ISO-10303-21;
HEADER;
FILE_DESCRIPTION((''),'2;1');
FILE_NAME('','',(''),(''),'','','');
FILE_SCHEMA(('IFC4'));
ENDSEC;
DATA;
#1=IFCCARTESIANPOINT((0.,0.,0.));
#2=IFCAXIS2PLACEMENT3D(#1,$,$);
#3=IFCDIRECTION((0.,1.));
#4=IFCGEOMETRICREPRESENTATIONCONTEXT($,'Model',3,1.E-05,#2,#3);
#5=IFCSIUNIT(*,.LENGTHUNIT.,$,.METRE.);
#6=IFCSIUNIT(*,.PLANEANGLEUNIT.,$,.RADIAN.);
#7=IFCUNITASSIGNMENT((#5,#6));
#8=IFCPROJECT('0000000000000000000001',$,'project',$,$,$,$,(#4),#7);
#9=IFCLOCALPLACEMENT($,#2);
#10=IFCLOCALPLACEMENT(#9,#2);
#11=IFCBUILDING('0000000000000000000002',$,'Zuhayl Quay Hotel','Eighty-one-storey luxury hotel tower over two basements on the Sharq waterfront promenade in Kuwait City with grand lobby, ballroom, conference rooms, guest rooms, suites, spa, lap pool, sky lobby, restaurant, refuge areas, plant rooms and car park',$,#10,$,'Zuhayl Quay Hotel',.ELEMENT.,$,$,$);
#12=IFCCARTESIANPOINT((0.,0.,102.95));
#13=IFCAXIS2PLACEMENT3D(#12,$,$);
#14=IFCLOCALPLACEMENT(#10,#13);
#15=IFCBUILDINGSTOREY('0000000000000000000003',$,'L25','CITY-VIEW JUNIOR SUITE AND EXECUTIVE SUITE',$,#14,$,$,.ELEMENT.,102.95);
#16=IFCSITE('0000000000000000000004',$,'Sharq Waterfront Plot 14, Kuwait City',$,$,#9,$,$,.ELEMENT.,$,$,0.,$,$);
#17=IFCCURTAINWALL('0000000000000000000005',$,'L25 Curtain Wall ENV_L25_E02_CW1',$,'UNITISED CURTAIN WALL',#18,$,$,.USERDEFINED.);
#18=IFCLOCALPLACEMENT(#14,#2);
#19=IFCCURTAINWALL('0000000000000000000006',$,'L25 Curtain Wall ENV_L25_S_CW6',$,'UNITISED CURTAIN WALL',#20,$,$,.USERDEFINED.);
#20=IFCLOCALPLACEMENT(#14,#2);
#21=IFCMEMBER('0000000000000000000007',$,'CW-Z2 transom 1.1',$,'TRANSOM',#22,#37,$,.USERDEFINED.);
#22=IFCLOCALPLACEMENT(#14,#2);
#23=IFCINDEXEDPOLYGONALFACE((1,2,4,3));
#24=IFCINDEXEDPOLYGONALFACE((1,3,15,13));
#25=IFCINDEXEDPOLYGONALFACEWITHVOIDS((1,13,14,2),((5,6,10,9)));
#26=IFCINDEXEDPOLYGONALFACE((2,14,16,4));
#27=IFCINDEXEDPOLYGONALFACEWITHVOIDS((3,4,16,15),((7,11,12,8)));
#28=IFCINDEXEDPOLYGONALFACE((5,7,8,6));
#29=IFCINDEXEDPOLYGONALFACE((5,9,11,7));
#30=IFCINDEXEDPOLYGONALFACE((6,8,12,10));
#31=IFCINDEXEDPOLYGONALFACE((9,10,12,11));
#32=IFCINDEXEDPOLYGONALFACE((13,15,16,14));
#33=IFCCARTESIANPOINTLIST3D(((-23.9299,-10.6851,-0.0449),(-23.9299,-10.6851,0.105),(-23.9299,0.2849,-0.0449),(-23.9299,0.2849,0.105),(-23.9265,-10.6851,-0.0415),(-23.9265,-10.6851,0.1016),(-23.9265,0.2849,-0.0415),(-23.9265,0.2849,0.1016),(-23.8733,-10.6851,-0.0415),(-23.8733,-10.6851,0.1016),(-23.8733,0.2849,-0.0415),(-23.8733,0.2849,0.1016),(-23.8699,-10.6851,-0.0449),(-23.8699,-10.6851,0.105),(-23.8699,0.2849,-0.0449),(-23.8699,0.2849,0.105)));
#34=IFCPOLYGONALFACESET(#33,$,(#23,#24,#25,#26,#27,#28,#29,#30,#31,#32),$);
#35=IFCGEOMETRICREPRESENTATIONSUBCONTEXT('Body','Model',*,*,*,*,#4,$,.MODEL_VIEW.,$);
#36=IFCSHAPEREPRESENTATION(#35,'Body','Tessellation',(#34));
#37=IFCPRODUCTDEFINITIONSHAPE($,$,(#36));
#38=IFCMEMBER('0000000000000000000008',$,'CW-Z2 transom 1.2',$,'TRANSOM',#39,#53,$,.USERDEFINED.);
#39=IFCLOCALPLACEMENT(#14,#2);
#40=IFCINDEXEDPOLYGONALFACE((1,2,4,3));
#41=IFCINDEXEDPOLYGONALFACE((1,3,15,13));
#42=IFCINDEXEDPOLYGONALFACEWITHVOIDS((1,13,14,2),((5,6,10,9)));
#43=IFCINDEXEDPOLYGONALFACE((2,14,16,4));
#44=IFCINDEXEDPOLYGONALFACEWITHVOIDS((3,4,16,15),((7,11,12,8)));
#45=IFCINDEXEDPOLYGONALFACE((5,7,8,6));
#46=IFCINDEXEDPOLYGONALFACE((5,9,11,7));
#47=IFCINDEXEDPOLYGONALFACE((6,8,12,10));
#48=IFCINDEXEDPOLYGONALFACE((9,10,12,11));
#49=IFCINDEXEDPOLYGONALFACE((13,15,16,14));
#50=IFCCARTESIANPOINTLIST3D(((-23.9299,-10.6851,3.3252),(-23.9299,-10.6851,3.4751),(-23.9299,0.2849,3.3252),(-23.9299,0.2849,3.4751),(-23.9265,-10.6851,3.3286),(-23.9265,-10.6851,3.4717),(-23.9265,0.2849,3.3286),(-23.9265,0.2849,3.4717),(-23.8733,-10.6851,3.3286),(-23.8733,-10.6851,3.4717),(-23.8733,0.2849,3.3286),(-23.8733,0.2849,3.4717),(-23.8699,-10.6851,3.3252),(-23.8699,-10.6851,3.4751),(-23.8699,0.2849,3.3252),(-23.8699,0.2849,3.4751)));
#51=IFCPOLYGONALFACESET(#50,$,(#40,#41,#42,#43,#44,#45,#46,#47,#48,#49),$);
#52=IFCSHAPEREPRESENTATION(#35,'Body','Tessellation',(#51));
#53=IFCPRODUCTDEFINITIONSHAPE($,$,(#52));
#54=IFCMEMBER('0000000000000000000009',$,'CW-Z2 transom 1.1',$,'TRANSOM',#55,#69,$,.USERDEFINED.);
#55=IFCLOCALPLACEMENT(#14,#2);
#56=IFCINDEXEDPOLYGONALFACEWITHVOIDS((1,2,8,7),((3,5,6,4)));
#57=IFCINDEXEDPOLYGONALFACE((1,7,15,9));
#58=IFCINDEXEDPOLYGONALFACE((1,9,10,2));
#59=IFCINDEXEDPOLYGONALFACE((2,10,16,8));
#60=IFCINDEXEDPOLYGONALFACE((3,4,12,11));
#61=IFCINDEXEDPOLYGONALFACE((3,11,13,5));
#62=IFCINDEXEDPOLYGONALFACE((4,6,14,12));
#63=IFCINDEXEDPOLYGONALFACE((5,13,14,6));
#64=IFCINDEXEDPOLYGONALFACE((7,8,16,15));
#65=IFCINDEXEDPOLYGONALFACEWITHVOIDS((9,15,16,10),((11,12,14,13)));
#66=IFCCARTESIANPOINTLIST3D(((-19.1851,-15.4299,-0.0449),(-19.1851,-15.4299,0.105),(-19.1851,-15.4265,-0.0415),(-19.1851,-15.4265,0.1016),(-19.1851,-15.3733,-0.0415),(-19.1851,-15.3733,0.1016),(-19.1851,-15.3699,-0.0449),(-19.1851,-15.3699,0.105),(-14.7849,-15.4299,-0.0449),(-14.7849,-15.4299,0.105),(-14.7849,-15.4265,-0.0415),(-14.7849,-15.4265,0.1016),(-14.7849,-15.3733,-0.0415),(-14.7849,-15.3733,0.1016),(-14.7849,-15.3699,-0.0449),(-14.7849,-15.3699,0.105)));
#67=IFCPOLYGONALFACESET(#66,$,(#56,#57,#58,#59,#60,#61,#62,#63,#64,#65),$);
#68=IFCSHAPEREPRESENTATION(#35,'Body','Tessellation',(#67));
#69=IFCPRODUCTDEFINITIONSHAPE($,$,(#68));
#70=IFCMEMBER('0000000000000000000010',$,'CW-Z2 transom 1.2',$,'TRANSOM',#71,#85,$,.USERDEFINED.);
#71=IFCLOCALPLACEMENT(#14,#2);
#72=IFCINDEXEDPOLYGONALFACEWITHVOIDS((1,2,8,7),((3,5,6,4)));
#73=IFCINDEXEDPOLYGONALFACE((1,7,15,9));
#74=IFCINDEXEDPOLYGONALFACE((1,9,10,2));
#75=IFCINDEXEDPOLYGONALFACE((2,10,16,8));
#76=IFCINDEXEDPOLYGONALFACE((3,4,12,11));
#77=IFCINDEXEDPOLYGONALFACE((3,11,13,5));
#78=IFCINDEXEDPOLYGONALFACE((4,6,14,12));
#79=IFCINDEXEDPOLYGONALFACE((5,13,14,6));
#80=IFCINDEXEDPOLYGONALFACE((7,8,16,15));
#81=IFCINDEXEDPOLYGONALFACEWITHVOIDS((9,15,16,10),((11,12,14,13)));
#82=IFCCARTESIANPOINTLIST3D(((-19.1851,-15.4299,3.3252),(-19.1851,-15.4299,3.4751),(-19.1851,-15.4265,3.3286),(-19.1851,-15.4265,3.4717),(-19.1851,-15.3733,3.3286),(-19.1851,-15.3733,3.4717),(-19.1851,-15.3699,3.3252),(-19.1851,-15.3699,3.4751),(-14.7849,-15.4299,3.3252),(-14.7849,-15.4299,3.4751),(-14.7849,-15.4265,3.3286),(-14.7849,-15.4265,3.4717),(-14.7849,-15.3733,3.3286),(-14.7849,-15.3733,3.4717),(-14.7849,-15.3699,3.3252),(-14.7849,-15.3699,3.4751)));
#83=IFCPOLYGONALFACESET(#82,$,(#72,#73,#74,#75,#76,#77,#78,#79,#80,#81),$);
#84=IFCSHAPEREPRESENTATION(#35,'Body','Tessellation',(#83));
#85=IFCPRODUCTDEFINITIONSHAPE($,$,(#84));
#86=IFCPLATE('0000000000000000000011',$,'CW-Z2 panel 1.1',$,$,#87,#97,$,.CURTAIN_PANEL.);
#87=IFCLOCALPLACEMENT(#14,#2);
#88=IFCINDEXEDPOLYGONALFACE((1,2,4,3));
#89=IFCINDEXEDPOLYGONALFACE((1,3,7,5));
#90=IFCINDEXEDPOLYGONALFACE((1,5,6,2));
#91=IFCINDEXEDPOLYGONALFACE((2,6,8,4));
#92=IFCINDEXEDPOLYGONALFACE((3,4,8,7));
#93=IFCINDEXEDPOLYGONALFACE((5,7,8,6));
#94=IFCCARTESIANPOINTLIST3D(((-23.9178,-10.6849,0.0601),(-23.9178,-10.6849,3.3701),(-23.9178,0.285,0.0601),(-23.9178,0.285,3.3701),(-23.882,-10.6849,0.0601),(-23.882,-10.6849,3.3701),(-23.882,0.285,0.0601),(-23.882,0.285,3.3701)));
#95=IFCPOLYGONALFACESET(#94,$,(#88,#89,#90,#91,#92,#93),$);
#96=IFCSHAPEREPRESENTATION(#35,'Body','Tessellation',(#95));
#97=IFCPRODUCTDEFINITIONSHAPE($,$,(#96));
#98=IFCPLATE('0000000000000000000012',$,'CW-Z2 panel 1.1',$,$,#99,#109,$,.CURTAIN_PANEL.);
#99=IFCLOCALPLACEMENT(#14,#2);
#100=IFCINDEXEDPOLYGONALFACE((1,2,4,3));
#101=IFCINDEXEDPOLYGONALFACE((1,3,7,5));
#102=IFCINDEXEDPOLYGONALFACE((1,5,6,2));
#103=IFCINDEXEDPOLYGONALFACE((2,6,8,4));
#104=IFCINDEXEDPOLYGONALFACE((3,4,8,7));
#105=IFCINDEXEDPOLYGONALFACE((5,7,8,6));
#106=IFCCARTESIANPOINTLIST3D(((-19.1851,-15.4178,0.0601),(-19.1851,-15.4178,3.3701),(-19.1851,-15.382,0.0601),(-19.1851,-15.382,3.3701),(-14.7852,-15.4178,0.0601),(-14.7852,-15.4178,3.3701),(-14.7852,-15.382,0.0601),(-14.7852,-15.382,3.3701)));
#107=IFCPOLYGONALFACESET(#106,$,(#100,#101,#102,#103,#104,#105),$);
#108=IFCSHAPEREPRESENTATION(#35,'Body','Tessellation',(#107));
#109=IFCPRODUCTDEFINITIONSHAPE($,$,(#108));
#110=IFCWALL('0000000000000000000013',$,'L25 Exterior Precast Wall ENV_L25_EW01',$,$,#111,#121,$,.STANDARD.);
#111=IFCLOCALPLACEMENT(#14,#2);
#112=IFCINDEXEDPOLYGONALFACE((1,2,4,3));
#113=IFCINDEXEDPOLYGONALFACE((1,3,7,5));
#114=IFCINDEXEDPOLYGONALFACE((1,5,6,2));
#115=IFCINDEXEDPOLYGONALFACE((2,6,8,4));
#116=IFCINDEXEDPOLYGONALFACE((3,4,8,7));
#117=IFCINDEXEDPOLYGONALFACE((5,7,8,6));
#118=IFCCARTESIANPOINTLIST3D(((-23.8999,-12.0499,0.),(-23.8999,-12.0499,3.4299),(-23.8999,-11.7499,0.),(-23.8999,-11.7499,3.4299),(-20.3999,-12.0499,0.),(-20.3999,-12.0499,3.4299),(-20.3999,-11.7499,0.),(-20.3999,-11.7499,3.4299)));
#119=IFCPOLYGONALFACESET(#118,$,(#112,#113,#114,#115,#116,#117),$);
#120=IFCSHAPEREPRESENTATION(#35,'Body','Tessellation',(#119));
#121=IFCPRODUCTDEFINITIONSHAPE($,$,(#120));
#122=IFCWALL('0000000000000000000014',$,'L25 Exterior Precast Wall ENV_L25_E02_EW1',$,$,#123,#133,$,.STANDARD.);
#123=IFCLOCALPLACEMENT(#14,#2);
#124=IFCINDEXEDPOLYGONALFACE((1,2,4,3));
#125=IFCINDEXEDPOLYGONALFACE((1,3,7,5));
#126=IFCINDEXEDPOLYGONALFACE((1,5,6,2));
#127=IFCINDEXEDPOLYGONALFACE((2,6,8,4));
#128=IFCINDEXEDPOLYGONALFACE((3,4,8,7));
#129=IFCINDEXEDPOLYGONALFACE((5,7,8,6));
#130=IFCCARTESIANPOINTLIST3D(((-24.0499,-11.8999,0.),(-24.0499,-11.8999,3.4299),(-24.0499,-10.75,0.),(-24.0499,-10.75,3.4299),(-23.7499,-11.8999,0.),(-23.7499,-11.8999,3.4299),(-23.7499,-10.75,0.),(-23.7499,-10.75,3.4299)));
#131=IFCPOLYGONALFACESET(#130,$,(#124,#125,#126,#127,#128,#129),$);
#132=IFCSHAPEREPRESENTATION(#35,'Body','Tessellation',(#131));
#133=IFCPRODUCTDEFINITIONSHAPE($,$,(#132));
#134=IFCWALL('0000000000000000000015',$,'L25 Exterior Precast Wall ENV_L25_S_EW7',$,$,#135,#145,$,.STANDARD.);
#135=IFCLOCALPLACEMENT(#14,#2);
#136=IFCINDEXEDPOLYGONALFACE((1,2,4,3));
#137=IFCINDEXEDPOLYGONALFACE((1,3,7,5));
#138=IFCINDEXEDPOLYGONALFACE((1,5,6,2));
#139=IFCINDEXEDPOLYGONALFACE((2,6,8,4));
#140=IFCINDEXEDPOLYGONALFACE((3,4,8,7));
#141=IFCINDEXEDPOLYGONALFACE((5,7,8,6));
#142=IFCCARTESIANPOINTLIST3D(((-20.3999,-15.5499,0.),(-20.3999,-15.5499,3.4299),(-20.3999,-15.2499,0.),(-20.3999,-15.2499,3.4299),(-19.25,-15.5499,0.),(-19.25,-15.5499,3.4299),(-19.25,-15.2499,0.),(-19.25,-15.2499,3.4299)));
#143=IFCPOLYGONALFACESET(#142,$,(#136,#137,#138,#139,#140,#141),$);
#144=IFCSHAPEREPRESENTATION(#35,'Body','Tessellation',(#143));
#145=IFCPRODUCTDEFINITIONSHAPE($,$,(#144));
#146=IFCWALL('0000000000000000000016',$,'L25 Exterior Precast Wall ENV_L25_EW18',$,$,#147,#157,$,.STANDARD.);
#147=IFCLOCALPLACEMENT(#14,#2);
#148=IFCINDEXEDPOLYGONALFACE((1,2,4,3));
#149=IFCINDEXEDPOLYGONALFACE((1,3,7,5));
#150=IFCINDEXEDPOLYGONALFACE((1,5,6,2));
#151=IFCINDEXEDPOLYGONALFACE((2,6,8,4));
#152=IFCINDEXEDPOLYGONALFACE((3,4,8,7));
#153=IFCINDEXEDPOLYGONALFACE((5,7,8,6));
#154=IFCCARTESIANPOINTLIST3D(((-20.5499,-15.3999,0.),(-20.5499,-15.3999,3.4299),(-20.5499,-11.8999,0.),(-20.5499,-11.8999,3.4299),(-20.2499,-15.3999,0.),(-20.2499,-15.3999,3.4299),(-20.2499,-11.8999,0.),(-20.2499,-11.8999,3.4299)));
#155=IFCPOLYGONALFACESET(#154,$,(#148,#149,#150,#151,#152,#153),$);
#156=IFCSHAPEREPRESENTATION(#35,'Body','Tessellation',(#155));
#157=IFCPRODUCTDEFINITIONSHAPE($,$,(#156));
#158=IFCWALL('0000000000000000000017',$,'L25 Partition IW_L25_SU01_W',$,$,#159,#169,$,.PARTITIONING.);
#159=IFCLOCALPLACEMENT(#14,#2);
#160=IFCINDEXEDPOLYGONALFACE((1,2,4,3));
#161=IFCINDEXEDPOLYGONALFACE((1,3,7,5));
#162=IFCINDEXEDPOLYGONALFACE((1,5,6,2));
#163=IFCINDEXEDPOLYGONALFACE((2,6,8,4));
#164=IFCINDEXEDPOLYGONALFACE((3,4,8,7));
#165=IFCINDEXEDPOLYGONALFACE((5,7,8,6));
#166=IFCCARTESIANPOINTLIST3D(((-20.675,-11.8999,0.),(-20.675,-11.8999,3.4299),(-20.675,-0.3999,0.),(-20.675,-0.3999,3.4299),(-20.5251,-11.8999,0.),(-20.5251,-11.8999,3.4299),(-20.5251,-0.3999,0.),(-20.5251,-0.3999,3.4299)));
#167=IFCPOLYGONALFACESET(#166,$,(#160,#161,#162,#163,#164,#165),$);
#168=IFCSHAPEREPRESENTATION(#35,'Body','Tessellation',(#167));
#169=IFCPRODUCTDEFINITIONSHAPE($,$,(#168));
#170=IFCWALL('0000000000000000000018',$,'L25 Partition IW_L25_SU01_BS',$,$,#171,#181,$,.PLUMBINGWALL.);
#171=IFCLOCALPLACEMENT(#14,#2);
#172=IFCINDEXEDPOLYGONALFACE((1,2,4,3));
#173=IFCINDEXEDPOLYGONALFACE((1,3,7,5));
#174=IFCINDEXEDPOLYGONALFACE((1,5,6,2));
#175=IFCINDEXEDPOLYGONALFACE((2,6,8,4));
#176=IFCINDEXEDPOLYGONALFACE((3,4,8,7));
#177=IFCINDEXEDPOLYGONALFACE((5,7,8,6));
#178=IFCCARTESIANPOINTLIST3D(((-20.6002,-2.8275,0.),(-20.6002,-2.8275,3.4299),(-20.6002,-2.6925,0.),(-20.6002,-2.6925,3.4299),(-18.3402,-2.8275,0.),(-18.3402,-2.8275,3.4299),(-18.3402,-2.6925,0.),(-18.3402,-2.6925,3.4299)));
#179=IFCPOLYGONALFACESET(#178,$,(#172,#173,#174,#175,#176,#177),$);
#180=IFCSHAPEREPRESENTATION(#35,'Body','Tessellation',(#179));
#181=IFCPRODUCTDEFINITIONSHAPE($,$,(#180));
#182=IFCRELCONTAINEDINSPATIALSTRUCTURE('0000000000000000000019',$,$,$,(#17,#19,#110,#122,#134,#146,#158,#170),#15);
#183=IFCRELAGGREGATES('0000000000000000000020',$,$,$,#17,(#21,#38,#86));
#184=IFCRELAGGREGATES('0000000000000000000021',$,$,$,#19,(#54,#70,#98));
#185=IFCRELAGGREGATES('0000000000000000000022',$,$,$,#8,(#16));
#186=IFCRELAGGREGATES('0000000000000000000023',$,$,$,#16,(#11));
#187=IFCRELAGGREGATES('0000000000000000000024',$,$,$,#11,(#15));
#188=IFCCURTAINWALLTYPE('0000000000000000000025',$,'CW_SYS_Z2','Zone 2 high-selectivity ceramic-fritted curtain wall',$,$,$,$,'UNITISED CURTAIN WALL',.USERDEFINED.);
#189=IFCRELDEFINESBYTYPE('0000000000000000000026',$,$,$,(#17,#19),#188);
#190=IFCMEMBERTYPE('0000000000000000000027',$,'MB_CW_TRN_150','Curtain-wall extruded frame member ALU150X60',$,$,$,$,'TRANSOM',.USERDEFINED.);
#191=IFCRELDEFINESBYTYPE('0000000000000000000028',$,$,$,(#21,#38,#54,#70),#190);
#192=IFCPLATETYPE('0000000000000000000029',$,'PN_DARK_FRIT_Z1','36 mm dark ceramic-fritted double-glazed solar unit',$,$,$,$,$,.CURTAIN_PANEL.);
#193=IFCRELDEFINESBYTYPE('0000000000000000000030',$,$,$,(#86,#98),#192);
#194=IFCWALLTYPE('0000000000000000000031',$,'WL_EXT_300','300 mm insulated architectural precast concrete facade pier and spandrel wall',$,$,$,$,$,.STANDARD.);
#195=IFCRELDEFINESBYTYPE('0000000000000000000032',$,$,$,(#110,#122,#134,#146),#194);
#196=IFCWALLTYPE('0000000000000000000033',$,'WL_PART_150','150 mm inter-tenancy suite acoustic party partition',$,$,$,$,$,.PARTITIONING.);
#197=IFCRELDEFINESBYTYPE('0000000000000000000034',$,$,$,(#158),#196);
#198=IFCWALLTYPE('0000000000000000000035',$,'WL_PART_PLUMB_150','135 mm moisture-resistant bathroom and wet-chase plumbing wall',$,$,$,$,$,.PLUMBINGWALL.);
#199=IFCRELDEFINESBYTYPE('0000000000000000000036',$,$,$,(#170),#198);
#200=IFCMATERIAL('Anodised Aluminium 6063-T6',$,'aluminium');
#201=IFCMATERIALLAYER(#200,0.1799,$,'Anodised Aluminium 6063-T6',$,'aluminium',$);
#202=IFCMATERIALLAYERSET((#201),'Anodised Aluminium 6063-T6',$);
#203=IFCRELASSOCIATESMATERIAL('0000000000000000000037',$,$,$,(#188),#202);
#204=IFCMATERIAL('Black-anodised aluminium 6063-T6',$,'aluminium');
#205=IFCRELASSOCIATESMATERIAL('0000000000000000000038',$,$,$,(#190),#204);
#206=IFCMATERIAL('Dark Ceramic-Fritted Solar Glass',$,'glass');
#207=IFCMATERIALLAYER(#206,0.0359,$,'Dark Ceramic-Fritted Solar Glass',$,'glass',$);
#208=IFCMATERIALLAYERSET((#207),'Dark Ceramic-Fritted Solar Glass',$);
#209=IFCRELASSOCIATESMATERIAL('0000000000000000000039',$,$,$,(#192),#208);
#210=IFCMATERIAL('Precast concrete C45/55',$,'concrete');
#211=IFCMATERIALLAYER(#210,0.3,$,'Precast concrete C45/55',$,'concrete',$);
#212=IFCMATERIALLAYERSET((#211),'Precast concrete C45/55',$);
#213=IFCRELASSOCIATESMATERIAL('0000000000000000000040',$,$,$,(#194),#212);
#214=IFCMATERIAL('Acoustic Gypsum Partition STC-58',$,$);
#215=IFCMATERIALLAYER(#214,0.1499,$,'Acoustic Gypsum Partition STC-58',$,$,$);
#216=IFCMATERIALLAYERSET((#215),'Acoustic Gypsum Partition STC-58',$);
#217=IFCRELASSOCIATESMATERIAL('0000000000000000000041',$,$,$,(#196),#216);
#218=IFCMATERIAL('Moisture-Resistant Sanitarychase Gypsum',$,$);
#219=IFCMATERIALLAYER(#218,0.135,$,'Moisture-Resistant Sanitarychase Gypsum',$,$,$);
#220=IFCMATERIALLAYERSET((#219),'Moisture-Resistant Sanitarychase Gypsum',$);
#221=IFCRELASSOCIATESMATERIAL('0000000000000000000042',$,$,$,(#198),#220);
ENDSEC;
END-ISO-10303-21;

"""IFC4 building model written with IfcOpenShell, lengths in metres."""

from ifc_helpers import new_model, si_unit, direction, frame, frame_2d, origin, origin_2d, place, context, subcontext, project, spatial, rectangle, hollow_rectangle, extrude, material, layer, layer_set, material_profile, profile_set, type_object, element, aggregate, save


model = new_model("IFC4")

# Units and contexts
model_context = context("Model", 3, precision=1e-05, world=origin(), true_north=direction((0.0, 1.0)))
body_context = subcontext(model_context, "Body", "Model", "MODEL_VIEW")
ifc_project = project(units=[si_unit("LENGTHUNIT", "METRE"), si_unit("PLANEANGLEUNIT", "RADIAN")], contexts=[model_context])

# Site, building, storey
site_placement = place(None, origin())
site = spatial("IfcSite", under=ifc_project, at=site_placement, Name="Sharq Waterfront Plot 14, Kuwait City", CompositionType="ELEMENT", RefElevation=0.0)
building_placement = place(site_placement, origin())
building = spatial("IfcBuilding", under=site, at=building_placement, Name="Zuhayl Quay Hotel", Description="Eighty-one-storey luxury hotel tower over two basements on the Sharq waterfront promenade in Kuwait City with grand lobby, ballroom, conference rooms, guest rooms, suites, spa, lap pool, sky lobby, restaurant, refuge areas, plant rooms and car park", LongName="Zuhayl Quay Hotel", CompositionType="ELEMENT")
storey_placement = place(building_placement, frame((0.0, 0.0, 102.95)))
storey = spatial("IfcBuildingStorey", under=building, at=storey_placement, Name="L25", Description="CITY-VIEW JUNIOR SUITE AND EXECUTIVE SUITE", CompositionType="ELEMENT", Elevation=102.95)

# Curtain wall
ifc_material_1 = material(Name="Anodised Aluminium 6063-T6", Category="aluminium")
ifc_layer_1 = layer(ifc_material_1, 0.1799, Name="Anodised Aluminium 6063-T6", Category="aluminium")
ifc_layer_set_1 = layer_set([ifc_layer_1], Name="Anodised Aluminium 6063-T6")
curtain_wall_type = type_object("IfcCurtainWallType", Name="CW_SYS_Z2", Description="Zone 2 high-selectivity ceramic-fritted curtain wall", ElementType="UNITISED CURTAIN WALL", PredefinedType="USERDEFINED", material=ifc_layer_set_1)
curtain_wall_1_placement = place(storey_placement, origin())
curtain_wall_1 = element("IfcCurtainWall", 1, at=curtain_wall_1_placement, inside=storey, type_object=curtain_wall_type, Name="L25 Curtain Wall ENV_L25_E02_CW1", ObjectType="UNITISED CURTAIN WALL", PredefinedType="USERDEFINED")
ifc_material_2 = material(Name="Black-anodised aluminium 6063-T6", Category="aluminium")

# Curtain wall
curtain_wall_2_placement = place(storey_placement, origin())
curtain_wall_2 = element("IfcCurtainWall", 2, at=curtain_wall_2_placement, inside=storey, type_object=curtain_wall_type, Name="L25 Curtain Wall ENV_L25_S_CW6", ObjectType="UNITISED CURTAIN WALL", PredefinedType="USERDEFINED")

# Members
ifc_material_profile_1 = material_profile(ifc_material_2, hollow_rectangle(XDim=0.0601, YDim=0.1499, WallThickness=0.0034, at=origin_2d()), Name="ALU150X60")
ifc_profile_set_1 = profile_set([ifc_material_profile_1], Name="Black-anodised aluminium 6063-T6")
member_type_1 = type_object("IfcMemberType", Name="MB_CW_TRN_150", Description="Curtain-wall extruded frame member ALU150X60", ElementType="TRANSOM", PredefinedType="USERDEFINED", material=ifc_profile_set_1)
member_1_placement = place(storey_placement, frame((-23.8999, -10.6851, 0.03), z_axis=(0.0, 1.0, 0.0), x_axis=(-1.0, 0.0, 0.0)))
member_1 = element("IfcMember", 3, at=member_1_placement, type_object=member_type_1, Name="CW-Z2 transom 1.1", ObjectType="TRANSOM", PredefinedType="USERDEFINED", context=body_context, shape_type="SweptSolid", body=[
    extrude(hollow_rectangle(XDim=0.0601, YDim=0.1499, WallThickness=0.0034, at=origin_2d()), origin(), (0.0, 0.0, 1.0), 10.97),
])
member_2_placement = place(storey_placement, frame((-23.8999, -10.6851, 3.4001), z_axis=(0.0, 1.0, 0.0), x_axis=(-1.0, 0.0, 0.0)))
member_2 = element("IfcMember", 4, at=member_2_placement, type_object=member_type_1, Name="CW-Z2 transom 1.2", ObjectType="TRANSOM", PredefinedType="USERDEFINED", context=body_context, shape_type="SweptSolid", body=[
    extrude(hollow_rectangle(XDim=0.0601, YDim=0.1499, WallThickness=0.0034, at=origin_2d()), origin(), (0.0, 0.0, 1.0), 10.97),
])
member_3_placement = place(storey_placement, frame((-14.7849, -15.3999, 0.03), z_axis=(-1.0, 0.0, 0.0), x_axis=(0.0, -1.0, 0.0)))
member_3 = element("IfcMember", 5, at=member_3_placement, type_object=member_type_1, Name="CW-Z2 transom 1.1", ObjectType="TRANSOM", PredefinedType="USERDEFINED", context=body_context, shape_type="SweptSolid", body=[
    extrude(hollow_rectangle(XDim=0.0601, YDim=0.1499, WallThickness=0.0034, at=origin_2d()), origin(), (0.0, 0.0, 1.0), 4.4001),
])
member_4_placement = place(storey_placement, frame((-14.7849, -15.3999, 3.4001), z_axis=(-1.0, 0.0, 0.0), x_axis=(0.0, -1.0, 0.0)))
member_4 = element("IfcMember", 6, at=member_4_placement, type_object=member_type_1, Name="CW-Z2 transom 1.2", ObjectType="TRANSOM", PredefinedType="USERDEFINED", context=body_context, shape_type="SweptSolid", body=[
    extrude(hollow_rectangle(XDim=0.0601, YDim=0.1499, WallThickness=0.0034, at=origin_2d()), origin(), (0.0, 0.0, 1.0), 4.4001),
])

# Plates
ifc_material_3 = material(Name="Dark Ceramic-Fritted Solar Glass", Category="glass")
ifc_layer_2 = layer(ifc_material_3, 0.0359, Name="Dark Ceramic-Fritted Solar Glass", Category="glass")
ifc_layer_set_2 = layer_set([ifc_layer_2], Name="Dark Ceramic-Fritted Solar Glass")
plate_type = type_object("IfcPlateType", Name="PN_DARK_FRIT_Z1", Description="36 mm dark ceramic-fritted double-glazed solar unit", PredefinedType="CURTAIN_PANEL", material=ifc_layer_set_2)
plate_1_placement = place(storey_placement, frame((-23.8999, -5.2, 0.0601), z_axis=(0.0, 0.0, 1.0), x_axis=(0.0, 1.0, 0.0)))
plate_1 = element("IfcPlate", 7, at=plate_1_placement, type_object=plate_type, Name="CW-Z2 panel 1.1", PredefinedType="CURTAIN_PANEL", context=body_context, shape_type="SweptSolid", body=[
    extrude(rectangle(XDim=10.97, YDim=0.0359, at=origin_2d()), origin(), (0.0, 0.0, 1.0), 3.3101),
])
aggregate(curtain_wall_1, [member_1, member_2, plate_1])
plate_2_placement = place(storey_placement, frame((-16.9851, -15.3999, 0.0601), z_axis=(0.0, 0.0, 1.0), x_axis=(-1.0, 0.0, 0.0)))
plate_2 = element("IfcPlate", 8, at=plate_2_placement, type_object=plate_type, Name="CW-Z2 panel 1.1", PredefinedType="CURTAIN_PANEL", context=body_context, shape_type="SweptSolid", body=[
    extrude(rectangle(XDim=4.3999, YDim=0.0359, at=origin_2d()), origin(), (0.0, 0.0, 1.0), 3.3101),
])
aggregate(curtain_wall_2, [member_3, member_4, plate_2])

# Walls
ifc_material_4 = material(Name="Precast concrete C45/55", Category="concrete")
ifc_layer_3 = layer(ifc_material_4, 0.3, Name="Precast concrete C45/55", Category="concrete")
ifc_layer_set_3 = layer_set([ifc_layer_3], Name="Precast concrete C45/55")
wall_type_1 = type_object("IfcWallType", Name="WL_EXT_300", Description="300 mm insulated architectural precast concrete facade pier and spandrel wall", PredefinedType="STANDARD", material=ifc_layer_set_3)
wall_1_placement = place(storey_placement, frame((-20.3999, -11.8999, 0.0), z_axis=(0.0, 0.0, 1.0), x_axis=(-1.0, 0.0, 0.0)))
element("IfcWall", 9, at=wall_1_placement, inside=storey, type_object=wall_type_1, Name="L25 Exterior Precast Wall ENV_L25_EW01", PredefinedType="STANDARD", context=body_context, shape_type="SweptSolid", body=[
    extrude(rectangle(XDim=3.5, YDim=0.3, at=frame_2d((1.75, 0.0))), origin(), (0.0, 0.0, 1.0), 3.4299),
])
for number, where, z_axis, x_axis, name in (
    (10, (-23.8999, -11.8999, 0.0), (0.0, 0.0, 1.0), (0.0, 1.0, 0.0), "L25 Exterior Precast Wall ENV_L25_E02_EW1"),
    (11, (-19.25, -15.3999, 0.0), (0.0, 0.0, 1.0), (-1.0, 0.0, 0.0), "L25 Exterior Precast Wall ENV_L25_S_EW7"),
):
    element("IfcWall", number, at=place(storey_placement, frame(where, z_axis=z_axis, x_axis=x_axis)), inside=storey, type_object=wall_type_1, Name=name, PredefinedType="STANDARD", context=body_context, shape_type="SweptSolid", body=[
        extrude(rectangle(XDim=1.1499, YDim=0.3, at=frame_2d((0.575, 0.0))), origin(), (0.0, 0.0, 1.0), 3.4299),
    ])
wall_2_placement = place(storey_placement, frame((-20.3999, -15.3999, 0.0), z_axis=(0.0, 0.0, 1.0), x_axis=(0.0, 1.0, 0.0)))
element("IfcWall", 12, at=wall_2_placement, inside=storey, type_object=wall_type_1, Name="L25 Exterior Precast Wall ENV_L25_EW18", PredefinedType="STANDARD", context=body_context, shape_type="SweptSolid", body=[
    extrude(rectangle(XDim=3.5, YDim=0.3, at=frame_2d((1.75, 0.0))), origin(), (0.0, 0.0, 1.0), 3.4299),
])
ifc_material_5 = material(Name="Acoustic Gypsum Partition STC-58")
ifc_layer_4 = layer(ifc_material_5, 0.1499, Name="Acoustic Gypsum Partition STC-58")
ifc_layer_set_4 = layer_set([ifc_layer_4], Name="Acoustic Gypsum Partition STC-58")
wall_type_2 = type_object("IfcWallType", Name="WL_PART_150", Description="150 mm inter-tenancy suite acoustic party partition", PredefinedType="PARTITIONING", material=ifc_layer_set_4)
wall_3_placement = place(storey_placement, frame((-20.6001, -11.8999, 0.0), z_axis=(0.0, 0.0, 1.0), x_axis=(0.0, 1.0, 0.0)))
element("IfcWall", 13, at=wall_3_placement, inside=storey, type_object=wall_type_2, Name="L25 Partition IW_L25_SU01_W", PredefinedType="PARTITIONING", context=body_context, shape_type="SweptSolid", body=[
    extrude(rectangle(XDim=11.5, YDim=0.1499, at=frame_2d((5.75, 0.0))), origin(), (0.0, 0.0, 1.0), 3.4299),
])
ifc_material_6 = material(Name="Moisture-Resistant Sanitarychase Gypsum")
ifc_layer_5 = layer(ifc_material_6, 0.135, Name="Moisture-Resistant Sanitarychase Gypsum")
ifc_layer_set_5 = layer_set([ifc_layer_5], Name="Moisture-Resistant Sanitarychase Gypsum")
wall_type_3 = type_object("IfcWallType", Name="WL_PART_PLUMB_150", Description="135 mm moisture-resistant bathroom and wet-chase plumbing wall", PredefinedType="PLUMBINGWALL", material=ifc_layer_set_5)
wall_4_placement = place(storey_placement, frame((-20.6001, -2.76, 0.0), z_axis=(0.0, 0.0, 1.0), x_axis=(1.0, 0.0, 0.0)))
element("IfcWall", 14, at=wall_4_placement, inside=storey, type_object=wall_type_3, Name="L25 Partition IW_L25_SU01_BS", PredefinedType="PLUMBINGWALL", context=body_context, shape_type="SweptSolid", body=[
    extrude(rectangle(XDim=2.26, YDim=0.135, at=frame_2d((1.1299, 0.0))), origin(), (0.0, 0.0, 1.0), 3.4299),
])

save(model, "model.ifc")
